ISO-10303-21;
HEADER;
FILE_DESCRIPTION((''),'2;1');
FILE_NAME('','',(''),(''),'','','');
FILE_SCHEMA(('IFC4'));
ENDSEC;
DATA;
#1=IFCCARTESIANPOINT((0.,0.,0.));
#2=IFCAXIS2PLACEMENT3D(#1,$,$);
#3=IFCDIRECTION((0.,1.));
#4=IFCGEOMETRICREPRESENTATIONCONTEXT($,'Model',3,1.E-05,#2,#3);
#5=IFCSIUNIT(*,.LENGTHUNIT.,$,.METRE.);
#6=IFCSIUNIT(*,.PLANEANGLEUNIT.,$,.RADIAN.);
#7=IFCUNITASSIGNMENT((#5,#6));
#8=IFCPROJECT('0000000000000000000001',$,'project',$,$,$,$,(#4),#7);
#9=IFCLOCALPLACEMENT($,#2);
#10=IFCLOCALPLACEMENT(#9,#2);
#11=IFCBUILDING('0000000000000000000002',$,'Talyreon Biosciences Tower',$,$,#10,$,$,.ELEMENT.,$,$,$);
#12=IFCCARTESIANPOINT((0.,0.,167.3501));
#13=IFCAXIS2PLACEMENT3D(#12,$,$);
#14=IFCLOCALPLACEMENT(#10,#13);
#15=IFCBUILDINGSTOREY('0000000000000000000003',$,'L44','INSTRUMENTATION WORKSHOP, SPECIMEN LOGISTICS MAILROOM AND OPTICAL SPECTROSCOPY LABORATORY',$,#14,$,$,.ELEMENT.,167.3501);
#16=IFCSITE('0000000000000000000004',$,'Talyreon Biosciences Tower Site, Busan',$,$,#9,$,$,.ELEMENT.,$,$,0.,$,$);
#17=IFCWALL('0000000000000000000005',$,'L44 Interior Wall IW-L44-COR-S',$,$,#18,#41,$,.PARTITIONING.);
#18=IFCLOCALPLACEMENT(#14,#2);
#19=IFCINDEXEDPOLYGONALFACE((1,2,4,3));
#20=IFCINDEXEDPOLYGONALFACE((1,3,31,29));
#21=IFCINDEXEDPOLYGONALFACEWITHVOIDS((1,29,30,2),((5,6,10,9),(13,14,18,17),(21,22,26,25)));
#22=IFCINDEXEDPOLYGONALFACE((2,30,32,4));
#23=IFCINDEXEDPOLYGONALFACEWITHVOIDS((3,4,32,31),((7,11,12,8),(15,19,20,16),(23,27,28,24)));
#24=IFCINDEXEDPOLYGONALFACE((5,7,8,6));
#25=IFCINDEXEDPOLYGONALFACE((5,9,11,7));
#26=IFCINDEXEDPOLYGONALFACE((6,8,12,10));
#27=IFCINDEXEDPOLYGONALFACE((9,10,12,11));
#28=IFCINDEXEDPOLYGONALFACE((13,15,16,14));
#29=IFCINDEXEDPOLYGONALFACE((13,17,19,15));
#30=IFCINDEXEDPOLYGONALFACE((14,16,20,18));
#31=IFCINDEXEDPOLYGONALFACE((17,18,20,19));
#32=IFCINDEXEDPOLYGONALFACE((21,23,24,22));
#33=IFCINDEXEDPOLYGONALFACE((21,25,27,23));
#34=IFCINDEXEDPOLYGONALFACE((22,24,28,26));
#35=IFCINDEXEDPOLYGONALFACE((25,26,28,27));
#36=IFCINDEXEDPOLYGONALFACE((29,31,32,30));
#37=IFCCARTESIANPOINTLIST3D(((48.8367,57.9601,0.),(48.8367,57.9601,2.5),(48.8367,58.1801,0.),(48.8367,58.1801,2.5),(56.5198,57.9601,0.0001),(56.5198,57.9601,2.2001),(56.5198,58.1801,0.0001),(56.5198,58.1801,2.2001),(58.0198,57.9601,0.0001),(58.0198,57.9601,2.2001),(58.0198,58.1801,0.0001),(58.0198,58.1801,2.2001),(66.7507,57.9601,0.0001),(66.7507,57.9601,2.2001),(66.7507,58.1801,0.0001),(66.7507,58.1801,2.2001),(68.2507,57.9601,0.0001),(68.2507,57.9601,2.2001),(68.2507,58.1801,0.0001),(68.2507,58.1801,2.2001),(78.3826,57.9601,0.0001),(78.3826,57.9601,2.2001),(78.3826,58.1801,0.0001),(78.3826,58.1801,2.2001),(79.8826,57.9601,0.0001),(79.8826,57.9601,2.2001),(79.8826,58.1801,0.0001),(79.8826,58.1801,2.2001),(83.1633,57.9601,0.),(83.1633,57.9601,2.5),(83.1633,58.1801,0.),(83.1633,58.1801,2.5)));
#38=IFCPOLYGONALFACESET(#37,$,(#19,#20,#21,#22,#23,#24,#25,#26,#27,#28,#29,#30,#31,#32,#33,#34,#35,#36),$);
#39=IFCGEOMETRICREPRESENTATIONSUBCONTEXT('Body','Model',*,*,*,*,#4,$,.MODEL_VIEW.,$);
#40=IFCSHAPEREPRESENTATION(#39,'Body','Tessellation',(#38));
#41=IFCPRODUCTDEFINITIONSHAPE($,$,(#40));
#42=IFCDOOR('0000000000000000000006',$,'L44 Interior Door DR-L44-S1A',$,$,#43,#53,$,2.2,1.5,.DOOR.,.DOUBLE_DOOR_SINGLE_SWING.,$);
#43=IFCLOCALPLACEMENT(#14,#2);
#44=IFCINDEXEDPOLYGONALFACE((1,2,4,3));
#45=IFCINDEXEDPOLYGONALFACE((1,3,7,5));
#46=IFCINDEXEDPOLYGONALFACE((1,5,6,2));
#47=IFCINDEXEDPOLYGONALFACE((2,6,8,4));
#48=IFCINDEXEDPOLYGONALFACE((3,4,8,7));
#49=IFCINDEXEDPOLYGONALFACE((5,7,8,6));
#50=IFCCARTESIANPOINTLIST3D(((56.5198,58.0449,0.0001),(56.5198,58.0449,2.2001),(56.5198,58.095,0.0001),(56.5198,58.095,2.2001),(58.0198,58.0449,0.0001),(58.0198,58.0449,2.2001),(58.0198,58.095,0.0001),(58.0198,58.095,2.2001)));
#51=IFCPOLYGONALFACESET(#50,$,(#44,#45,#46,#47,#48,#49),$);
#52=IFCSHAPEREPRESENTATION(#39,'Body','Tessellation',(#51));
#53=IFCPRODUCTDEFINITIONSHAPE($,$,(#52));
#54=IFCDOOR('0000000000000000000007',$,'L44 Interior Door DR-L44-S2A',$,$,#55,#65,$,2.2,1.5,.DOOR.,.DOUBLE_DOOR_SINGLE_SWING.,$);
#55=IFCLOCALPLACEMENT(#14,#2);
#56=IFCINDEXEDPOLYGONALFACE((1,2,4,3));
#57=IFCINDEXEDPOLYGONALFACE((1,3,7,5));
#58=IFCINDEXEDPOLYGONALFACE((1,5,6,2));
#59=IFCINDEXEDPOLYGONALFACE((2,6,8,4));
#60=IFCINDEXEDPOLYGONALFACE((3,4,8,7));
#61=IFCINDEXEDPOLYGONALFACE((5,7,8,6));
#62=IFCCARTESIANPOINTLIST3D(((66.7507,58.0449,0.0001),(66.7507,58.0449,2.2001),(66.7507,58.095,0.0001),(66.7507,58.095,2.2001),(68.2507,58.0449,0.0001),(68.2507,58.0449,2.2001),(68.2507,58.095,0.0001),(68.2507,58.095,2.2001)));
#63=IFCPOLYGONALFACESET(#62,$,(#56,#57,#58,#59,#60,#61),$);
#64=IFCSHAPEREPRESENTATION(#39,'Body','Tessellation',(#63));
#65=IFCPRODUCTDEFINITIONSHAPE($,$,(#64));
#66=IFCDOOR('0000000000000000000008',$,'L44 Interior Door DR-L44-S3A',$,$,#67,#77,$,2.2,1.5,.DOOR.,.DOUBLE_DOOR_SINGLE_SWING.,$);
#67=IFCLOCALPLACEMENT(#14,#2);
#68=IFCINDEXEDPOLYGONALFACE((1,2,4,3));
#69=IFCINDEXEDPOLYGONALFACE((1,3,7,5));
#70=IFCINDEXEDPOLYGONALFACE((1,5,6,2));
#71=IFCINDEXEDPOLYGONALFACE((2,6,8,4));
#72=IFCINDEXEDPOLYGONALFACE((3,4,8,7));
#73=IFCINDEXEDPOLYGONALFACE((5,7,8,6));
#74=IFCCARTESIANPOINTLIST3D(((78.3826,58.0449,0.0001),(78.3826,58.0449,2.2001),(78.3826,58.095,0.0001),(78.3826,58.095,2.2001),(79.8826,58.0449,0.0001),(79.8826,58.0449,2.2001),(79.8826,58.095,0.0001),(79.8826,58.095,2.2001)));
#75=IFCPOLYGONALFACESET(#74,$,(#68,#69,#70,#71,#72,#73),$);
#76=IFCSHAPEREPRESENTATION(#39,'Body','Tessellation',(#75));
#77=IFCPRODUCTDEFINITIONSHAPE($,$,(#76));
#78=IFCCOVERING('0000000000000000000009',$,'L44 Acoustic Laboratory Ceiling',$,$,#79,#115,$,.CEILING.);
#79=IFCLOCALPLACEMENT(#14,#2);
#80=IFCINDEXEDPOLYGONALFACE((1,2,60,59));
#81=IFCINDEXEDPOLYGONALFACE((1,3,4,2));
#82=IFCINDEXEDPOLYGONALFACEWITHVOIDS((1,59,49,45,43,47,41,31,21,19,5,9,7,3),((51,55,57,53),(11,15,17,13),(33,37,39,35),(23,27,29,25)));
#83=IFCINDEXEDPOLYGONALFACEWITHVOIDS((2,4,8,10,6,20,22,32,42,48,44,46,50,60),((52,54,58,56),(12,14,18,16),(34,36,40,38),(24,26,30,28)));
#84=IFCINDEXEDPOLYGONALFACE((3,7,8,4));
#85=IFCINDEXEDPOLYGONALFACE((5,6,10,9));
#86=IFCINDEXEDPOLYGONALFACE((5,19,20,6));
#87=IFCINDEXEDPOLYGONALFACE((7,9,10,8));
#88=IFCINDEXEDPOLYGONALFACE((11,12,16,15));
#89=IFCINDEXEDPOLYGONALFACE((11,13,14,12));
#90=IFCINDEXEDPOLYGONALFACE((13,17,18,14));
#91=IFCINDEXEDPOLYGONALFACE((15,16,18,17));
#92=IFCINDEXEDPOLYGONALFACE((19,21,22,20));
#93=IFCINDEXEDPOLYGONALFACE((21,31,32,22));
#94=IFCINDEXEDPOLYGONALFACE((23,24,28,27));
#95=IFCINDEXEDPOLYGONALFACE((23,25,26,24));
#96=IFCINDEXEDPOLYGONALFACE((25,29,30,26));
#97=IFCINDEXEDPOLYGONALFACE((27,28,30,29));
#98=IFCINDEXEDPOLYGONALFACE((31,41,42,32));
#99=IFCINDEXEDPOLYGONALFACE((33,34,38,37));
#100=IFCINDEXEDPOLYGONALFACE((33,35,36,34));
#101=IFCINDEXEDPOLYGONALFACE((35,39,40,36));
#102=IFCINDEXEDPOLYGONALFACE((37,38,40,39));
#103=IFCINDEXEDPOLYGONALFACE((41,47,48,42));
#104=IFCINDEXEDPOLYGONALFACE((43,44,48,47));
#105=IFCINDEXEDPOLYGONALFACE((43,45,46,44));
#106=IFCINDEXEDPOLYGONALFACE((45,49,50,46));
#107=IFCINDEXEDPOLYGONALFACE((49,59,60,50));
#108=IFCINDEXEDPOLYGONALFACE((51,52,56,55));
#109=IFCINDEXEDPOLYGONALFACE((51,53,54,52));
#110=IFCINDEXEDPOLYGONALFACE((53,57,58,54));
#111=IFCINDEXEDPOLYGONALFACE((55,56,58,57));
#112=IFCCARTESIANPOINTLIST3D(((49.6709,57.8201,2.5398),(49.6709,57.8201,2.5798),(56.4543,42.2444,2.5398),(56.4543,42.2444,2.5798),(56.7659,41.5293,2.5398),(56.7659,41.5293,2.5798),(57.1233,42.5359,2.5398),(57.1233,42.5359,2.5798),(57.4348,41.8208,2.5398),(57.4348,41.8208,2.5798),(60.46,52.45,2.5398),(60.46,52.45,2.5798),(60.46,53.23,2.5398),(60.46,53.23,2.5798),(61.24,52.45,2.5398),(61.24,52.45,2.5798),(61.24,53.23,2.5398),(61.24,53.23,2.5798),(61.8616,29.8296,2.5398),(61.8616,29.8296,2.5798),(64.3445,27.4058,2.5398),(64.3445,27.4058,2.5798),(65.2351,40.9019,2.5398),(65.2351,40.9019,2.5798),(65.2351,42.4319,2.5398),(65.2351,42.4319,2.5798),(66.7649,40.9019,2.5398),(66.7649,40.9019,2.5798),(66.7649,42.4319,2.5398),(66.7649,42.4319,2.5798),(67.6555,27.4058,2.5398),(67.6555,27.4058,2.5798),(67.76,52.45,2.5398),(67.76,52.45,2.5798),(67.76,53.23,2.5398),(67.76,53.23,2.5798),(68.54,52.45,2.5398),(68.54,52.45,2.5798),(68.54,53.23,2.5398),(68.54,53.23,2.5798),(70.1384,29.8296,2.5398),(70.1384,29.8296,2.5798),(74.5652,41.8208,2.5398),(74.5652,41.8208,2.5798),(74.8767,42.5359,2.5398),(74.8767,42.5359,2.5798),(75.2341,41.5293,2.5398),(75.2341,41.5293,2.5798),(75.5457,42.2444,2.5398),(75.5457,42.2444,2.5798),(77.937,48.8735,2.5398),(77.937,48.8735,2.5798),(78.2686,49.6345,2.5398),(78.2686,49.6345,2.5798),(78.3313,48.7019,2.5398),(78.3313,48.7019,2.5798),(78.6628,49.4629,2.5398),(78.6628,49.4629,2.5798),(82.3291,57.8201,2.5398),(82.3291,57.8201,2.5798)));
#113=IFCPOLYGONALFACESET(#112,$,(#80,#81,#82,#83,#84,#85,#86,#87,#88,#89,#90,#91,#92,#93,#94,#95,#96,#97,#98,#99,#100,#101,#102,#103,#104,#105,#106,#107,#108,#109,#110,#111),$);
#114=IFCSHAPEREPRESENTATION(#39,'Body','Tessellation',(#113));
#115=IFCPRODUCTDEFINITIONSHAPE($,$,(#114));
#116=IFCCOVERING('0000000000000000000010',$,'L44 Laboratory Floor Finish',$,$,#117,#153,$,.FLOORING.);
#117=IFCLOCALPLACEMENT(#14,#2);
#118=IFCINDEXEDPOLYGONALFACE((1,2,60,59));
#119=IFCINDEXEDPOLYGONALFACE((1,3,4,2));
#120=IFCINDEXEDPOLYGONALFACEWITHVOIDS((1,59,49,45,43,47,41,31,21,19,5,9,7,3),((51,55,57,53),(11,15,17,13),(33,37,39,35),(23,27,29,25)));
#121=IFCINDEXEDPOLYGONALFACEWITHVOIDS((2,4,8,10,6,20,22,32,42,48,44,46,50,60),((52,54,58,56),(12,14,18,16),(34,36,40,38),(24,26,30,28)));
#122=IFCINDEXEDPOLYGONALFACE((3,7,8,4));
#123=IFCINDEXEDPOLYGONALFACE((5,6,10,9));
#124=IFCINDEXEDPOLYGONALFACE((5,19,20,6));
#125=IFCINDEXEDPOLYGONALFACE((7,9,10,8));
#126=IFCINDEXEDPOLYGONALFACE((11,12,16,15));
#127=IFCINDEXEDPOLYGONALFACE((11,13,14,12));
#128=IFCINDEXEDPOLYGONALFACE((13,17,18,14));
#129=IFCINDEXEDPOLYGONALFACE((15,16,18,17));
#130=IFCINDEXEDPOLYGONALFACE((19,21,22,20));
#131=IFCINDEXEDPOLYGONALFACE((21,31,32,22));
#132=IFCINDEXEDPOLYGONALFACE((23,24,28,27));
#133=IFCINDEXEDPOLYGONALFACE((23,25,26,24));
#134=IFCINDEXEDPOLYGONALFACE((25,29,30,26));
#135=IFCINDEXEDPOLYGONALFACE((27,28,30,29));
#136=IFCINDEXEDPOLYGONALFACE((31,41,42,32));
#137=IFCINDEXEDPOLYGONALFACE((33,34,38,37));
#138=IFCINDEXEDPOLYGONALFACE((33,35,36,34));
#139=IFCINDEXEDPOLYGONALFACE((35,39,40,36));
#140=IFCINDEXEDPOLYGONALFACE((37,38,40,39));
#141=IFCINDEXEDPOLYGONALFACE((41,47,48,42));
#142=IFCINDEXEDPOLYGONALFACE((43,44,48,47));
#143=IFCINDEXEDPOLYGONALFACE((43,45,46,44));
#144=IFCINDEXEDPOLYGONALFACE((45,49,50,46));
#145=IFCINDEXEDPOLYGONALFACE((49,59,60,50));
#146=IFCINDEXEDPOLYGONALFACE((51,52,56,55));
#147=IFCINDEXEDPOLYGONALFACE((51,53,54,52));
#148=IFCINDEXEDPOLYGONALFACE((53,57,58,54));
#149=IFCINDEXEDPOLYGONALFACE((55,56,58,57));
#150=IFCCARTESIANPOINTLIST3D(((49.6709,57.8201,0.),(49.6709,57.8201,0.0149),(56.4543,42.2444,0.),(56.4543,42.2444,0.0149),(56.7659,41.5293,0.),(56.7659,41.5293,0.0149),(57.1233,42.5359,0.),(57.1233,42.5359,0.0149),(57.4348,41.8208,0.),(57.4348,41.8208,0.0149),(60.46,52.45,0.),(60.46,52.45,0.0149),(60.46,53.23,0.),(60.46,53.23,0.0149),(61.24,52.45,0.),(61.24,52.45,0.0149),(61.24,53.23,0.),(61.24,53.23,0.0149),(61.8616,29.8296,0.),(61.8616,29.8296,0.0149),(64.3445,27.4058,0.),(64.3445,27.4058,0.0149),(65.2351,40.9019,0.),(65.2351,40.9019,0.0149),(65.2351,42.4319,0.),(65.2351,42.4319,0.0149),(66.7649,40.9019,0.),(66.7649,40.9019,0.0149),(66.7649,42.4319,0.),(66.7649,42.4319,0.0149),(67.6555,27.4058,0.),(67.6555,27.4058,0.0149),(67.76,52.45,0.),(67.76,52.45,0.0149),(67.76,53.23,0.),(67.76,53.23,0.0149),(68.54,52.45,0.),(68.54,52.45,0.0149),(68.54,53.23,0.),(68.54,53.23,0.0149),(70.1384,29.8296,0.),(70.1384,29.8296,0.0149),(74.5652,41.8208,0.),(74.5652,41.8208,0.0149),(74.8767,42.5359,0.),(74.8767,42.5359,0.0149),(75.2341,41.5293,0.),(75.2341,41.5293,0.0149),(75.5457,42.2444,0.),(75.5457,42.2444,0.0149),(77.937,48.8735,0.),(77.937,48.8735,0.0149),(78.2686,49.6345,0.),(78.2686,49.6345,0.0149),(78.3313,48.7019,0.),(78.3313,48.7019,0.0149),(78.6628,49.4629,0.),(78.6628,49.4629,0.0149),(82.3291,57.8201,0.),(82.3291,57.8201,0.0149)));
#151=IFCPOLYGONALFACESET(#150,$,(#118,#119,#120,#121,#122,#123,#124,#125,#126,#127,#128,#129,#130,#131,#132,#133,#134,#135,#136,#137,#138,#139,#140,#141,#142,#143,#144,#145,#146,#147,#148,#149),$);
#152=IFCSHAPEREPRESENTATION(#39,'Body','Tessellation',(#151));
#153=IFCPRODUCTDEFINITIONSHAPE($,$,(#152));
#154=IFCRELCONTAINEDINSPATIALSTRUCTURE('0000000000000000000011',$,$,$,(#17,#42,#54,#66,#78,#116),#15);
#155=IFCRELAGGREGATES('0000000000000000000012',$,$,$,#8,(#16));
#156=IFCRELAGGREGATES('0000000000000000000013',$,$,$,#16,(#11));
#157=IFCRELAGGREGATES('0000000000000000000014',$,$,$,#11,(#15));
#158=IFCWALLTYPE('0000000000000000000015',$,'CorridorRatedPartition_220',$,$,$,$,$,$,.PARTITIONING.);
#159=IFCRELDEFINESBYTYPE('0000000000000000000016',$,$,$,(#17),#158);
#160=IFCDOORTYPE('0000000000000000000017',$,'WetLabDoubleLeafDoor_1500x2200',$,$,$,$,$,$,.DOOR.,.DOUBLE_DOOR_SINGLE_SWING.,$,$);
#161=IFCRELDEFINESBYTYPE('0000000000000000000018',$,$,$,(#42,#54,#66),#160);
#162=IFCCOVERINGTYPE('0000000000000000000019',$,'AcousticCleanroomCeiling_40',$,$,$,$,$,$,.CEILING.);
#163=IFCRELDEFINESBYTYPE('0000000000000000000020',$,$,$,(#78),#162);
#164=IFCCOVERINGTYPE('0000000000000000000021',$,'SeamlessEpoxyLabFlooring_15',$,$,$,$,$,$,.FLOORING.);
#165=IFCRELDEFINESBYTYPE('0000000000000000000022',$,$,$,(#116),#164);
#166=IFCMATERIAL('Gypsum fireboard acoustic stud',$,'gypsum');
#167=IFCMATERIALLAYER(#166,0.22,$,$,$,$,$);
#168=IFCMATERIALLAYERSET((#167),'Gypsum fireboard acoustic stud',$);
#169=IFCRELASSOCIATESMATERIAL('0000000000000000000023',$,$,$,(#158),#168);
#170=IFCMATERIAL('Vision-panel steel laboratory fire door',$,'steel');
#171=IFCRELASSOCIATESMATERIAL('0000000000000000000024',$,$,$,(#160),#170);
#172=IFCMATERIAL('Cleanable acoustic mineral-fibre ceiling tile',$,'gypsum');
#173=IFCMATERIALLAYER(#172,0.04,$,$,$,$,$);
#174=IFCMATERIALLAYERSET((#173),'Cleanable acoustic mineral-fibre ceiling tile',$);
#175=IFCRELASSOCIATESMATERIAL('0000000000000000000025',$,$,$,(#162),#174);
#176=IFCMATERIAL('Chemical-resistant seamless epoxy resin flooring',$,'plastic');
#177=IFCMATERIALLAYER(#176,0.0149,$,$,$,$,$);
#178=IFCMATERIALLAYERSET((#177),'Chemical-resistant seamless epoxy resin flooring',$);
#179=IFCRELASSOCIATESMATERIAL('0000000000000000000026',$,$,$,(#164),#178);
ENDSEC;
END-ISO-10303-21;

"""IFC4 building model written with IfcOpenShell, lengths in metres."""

from ifc_helpers import new_model, si_unit, direction, frame, frame_2d, origin, place, context, subcontext, project, spatial, polyline, rectangle, outline, extrude, material, layer, layer_set, type_object, element, fill, save


model = new_model("IFC4")

# Units and contexts
model_context = context("Model", 3, precision=1e-05, world=origin(), true_north=direction((0.0, 1.0)))
body_context = subcontext(model_context, "Body", "Model", "MODEL_VIEW")
ifc_project = project(units=[si_unit("LENGTHUNIT", "METRE"), si_unit("PLANEANGLEUNIT", "RADIAN")], contexts=[model_context])

# Site, building, storey
site_placement = place(None, origin())
site = spatial("IfcSite", under=ifc_project, at=site_placement, Name="Talyreon Biosciences Tower Site, Busan", CompositionType="ELEMENT", RefElevation=0.0)
building_placement = place(site_placement, origin())
building = spatial("IfcBuilding", under=site, at=building_placement, Name="Talyreon Biosciences Tower", CompositionType="ELEMENT")
storey_placement = place(building_placement, frame((0.0, 0.0, 167.3501)))
storey = spatial("IfcBuildingStorey", under=building, at=storey_placement, Name="L44", Description="INSTRUMENTATION WORKSHOP, SPECIMEN LOGISTICS MAILROOM AND OPTICAL SPECTROSCOPY LABORATORY", CompositionType="ELEMENT", Elevation=167.3501)

# Wall, openings, doors
ifc_material_1 = material(Name="Gypsum fireboard acoustic stud", Category="gypsum")
ifc_layer_1 = layer(ifc_material_1, 0.22)
ifc_layer_set_1 = layer_set([ifc_layer_1], Name="Gypsum fireboard acoustic stud")
wall_type = type_object("IfcWallType", Name="CorridorRatedPartition_220", PredefinedType="PARTITIONING", material=ifc_layer_set_1)
wall_placement = place(storey_placement, frame((48.8367, 58.0701, 0.0), z_axis=(0.0, 0.0, 1.0), x_axis=(1.0, 0.0, 0.0)))
wall = element("IfcWall", 1, at=wall_placement, inside=storey, type_object=wall_type, Name="L44 Interior Wall IW-L44-COR-S", PredefinedType="PARTITIONING", context=body_context, shape_type="SweptSolid", body=[
    extrude(rectangle(XDim=34.3267, YDim=0.22, at=frame_2d((17.1633, 0.0))), origin(), (0.0, 0.0, 1.0), 2.5),
])
opening_1_placement = place(wall_placement, frame((7.6831, 0.0, 0.0)))
opening_1 = element("IfcOpeningElement", 2, at=opening_1_placement, cuts=wall, PredefinedType="OPENING", context=body_context, shape_type="SweptSolid", body=[
    extrude(rectangle(XDim=1.5, YDim=2.2, at=frame_2d((0.75, 1.1001))), frame((0.0, 0.1199, 0.0), z_axis=(0.0, -1.0, 0.0), x_axis=(1.0, 0.0, 0.0)), (0.0, 0.0, 1.0), 0.24),
])
opening_2_placement = place(wall_placement, frame((17.9141, 0.0, 0.0)))
opening_2 = element("IfcOpeningElement", 3, at=opening_2_placement, cuts=wall, PredefinedType="OPENING", context=body_context, shape_type="SweptSolid", body=[
    extrude(rectangle(XDim=1.5, YDim=2.2, at=frame_2d((0.75, 1.1001))), frame((0.0, 0.1199, 0.0), z_axis=(0.0, -1.0, 0.0), x_axis=(1.0, 0.0, 0.0)), (0.0, 0.0, 1.0), 0.24),
])
opening_3_placement = place(wall_placement, frame((29.5459, 0.0, 0.0)))
opening_3 = element("IfcOpeningElement", 4, at=opening_3_placement, cuts=wall, PredefinedType="OPENING", context=body_context, shape_type="SweptSolid", body=[
    extrude(rectangle(XDim=1.5, YDim=2.2, at=frame_2d((0.75, 1.1001))), frame((0.0, 0.1199, 0.0), z_axis=(0.0, -1.0, 0.0), x_axis=(1.0, 0.0, 0.0)), (0.0, 0.0, 1.0), 0.24),
])
ifc_material_2 = material(Name="Vision-panel steel laboratory fire door", Category="steel")
door_type = type_object("IfcDoorType", Name="WetLabDoubleLeafDoor_1500x2200", OperationType="DOUBLE_DOOR_SINGLE_SWING", PredefinedType="DOOR", material=ifc_material_2)
door_1_placement = place(opening_1_placement, origin())
door_1 = element("IfcDoor", 5, at=door_1_placement, inside=storey, type_object=door_type, Name="L44 Interior Door DR-L44-S1A", OperationType="DOUBLE_DOOR_SINGLE_SWING", OverallHeight=2.2, OverallWidth=1.5, PredefinedType="DOOR", context=body_context, shape_type="SweptSolid", body=[
    extrude(rectangle(XDim=1.5, YDim=2.2, at=frame_2d((0.75, 1.1001))), frame((0.0, 0.0249, 0.0), z_axis=(0.0, -1.0, 0.0), x_axis=(1.0, 0.0, 0.0)), (0.0, 0.0, 1.0), 0.05),
])
fill(opening_1, door_1)
door_2_placement = place(opening_2_placement, origin())
door_2 = element("IfcDoor", 6, at=door_2_placement, inside=storey, type_object=door_type, Name="L44 Interior Door DR-L44-S2A", OperationType="DOUBLE_DOOR_SINGLE_SWING", OverallHeight=2.2, OverallWidth=1.5, PredefinedType="DOOR", context=body_context, shape_type="SweptSolid", body=[
    extrude(rectangle(XDim=1.5, YDim=2.2, at=frame_2d((0.75, 1.1001))), frame((0.0, 0.0249, 0.0), z_axis=(0.0, -1.0, 0.0), x_axis=(1.0, 0.0, 0.0)), (0.0, 0.0, 1.0), 0.05),
])
fill(opening_2, door_2)
door_3_placement = place(opening_3_placement, origin())
door_3 = element("IfcDoor", 7, at=door_3_placement, inside=storey, type_object=door_type, Name="L44 Interior Door DR-L44-S3A", OperationType="DOUBLE_DOOR_SINGLE_SWING", OverallHeight=2.2, OverallWidth=1.5, PredefinedType="DOOR", context=body_context, shape_type="SweptSolid", body=[
    extrude(rectangle(XDim=1.5, YDim=2.2, at=frame_2d((0.75, 1.1001))), frame((0.0, 0.0249, 0.0), z_axis=(0.0, -1.0, 0.0), x_axis=(1.0, 0.0, 0.0)), (0.0, 0.0, 1.0), 0.05),
])
fill(opening_3, door_3)

# Coverings
ifc_material_3 = material(Name="Cleanable acoustic mineral-fibre ceiling tile", Category="gypsum")
ifc_layer_2 = layer(ifc_material_3, 0.04)
ifc_layer_set_2 = layer_set([ifc_layer_2], Name="Cleanable acoustic mineral-fibre ceiling tile")
covering_type_1 = type_object("IfcCoveringType", Name="AcousticCleanroomCeiling_40", PredefinedType="CEILING", material=ifc_layer_set_2)
covering_1_placement = place(storey_placement, frame((0.0, 0.0, 2.5398)))
element("IfcCovering", 8, at=covering_1_placement, inside=storey, type_object=covering_type_1, Name="L44 Acoustic Laboratory Ceiling", PredefinedType="CEILING", context=body_context, shape_type="SweptSolid", body=[
    extrude(outline(polyline([(82.3291, 57.8201), (75.5457, 42.2444), (74.8767, 42.5359), (74.5652, 41.8208), (75.2341, 41.5293), (70.1384, 29.8296), (67.6555, 27.4058), (64.3445, 27.4058), (61.8616, 29.8296), (56.7659, 41.5293), (57.4348, 41.8208), (57.1233, 42.5359), (56.4543, 42.2444), (49.6709, 57.8201), (82.3291, 57.8201)]), holes=[polyline([(66.7649, 40.9019), (66.7649, 42.4319), (65.2351, 42.4319), (65.2351, 40.9019), (66.7649, 40.9019)]), polyline([(61.24, 52.45), (61.24, 53.23), (60.46, 53.23), (60.46, 52.45), (61.24, 52.45)]), polyline([(78.6628, 49.4629), (78.2686, 49.6345), (77.937, 48.8735), (78.3313, 48.7019), (78.6628, 49.4629)]), polyline([(67.76, 52.45), (68.54, 52.45), (68.54, 53.23), (67.76, 53.23), (67.76, 52.45)])]), origin(), (0.0, 0.0, 1.0), 0.04),
])
ifc_material_4 = material(Name="Chemical-resistant seamless epoxy resin flooring", Category="plastic")
ifc_layer_3 = layer(ifc_material_4, 0.0149)
ifc_layer_set_3 = layer_set([ifc_layer_3], Name="Chemical-resistant seamless epoxy resin flooring")
covering_type_2 = type_object("IfcCoveringType", Name="SeamlessEpoxyLabFlooring_15", PredefinedType="FLOORING", material=ifc_layer_set_3)
covering_2_placement = place(storey_placement, origin())
element("IfcCovering", 9, at=covering_2_placement, inside=storey, type_object=covering_type_2, Name="L44 Laboratory Floor Finish", PredefinedType="FLOORING", context=body_context, shape_type="SweptSolid", body=[
    extrude(outline(polyline([(82.3291, 57.8201), (75.5457, 42.2444), (74.8767, 42.5359), (74.5652, 41.8208), (75.2341, 41.5293), (70.1384, 29.8296), (67.6555, 27.4058), (64.3445, 27.4058), (61.8616, 29.8296), (56.7659, 41.5293), (57.4348, 41.8208), (57.1233, 42.5359), (56.4543, 42.2444), (49.6709, 57.8201), (82.3291, 57.8201)]), holes=[polyline([(66.7649, 40.9019), (66.7649, 42.4319), (65.2351, 42.4319), (65.2351, 40.9019), (66.7649, 40.9019)]), polyline([(61.24, 52.45), (61.24, 53.23), (60.46, 53.23), (60.46, 52.45), (61.24, 52.45)]), polyline([(78.6628, 49.4629), (78.2686, 49.6345), (77.937, 48.8735), (78.3313, 48.7019), (78.6628, 49.4629)]), polyline([(67.76, 52.45), (68.54, 52.45), (68.54, 53.23), (67.76, 53.23), (67.76, 52.45)])]), origin(), (0.0, 0.0, 1.0), 0.0149),
])

save(model, "model.ifc")
